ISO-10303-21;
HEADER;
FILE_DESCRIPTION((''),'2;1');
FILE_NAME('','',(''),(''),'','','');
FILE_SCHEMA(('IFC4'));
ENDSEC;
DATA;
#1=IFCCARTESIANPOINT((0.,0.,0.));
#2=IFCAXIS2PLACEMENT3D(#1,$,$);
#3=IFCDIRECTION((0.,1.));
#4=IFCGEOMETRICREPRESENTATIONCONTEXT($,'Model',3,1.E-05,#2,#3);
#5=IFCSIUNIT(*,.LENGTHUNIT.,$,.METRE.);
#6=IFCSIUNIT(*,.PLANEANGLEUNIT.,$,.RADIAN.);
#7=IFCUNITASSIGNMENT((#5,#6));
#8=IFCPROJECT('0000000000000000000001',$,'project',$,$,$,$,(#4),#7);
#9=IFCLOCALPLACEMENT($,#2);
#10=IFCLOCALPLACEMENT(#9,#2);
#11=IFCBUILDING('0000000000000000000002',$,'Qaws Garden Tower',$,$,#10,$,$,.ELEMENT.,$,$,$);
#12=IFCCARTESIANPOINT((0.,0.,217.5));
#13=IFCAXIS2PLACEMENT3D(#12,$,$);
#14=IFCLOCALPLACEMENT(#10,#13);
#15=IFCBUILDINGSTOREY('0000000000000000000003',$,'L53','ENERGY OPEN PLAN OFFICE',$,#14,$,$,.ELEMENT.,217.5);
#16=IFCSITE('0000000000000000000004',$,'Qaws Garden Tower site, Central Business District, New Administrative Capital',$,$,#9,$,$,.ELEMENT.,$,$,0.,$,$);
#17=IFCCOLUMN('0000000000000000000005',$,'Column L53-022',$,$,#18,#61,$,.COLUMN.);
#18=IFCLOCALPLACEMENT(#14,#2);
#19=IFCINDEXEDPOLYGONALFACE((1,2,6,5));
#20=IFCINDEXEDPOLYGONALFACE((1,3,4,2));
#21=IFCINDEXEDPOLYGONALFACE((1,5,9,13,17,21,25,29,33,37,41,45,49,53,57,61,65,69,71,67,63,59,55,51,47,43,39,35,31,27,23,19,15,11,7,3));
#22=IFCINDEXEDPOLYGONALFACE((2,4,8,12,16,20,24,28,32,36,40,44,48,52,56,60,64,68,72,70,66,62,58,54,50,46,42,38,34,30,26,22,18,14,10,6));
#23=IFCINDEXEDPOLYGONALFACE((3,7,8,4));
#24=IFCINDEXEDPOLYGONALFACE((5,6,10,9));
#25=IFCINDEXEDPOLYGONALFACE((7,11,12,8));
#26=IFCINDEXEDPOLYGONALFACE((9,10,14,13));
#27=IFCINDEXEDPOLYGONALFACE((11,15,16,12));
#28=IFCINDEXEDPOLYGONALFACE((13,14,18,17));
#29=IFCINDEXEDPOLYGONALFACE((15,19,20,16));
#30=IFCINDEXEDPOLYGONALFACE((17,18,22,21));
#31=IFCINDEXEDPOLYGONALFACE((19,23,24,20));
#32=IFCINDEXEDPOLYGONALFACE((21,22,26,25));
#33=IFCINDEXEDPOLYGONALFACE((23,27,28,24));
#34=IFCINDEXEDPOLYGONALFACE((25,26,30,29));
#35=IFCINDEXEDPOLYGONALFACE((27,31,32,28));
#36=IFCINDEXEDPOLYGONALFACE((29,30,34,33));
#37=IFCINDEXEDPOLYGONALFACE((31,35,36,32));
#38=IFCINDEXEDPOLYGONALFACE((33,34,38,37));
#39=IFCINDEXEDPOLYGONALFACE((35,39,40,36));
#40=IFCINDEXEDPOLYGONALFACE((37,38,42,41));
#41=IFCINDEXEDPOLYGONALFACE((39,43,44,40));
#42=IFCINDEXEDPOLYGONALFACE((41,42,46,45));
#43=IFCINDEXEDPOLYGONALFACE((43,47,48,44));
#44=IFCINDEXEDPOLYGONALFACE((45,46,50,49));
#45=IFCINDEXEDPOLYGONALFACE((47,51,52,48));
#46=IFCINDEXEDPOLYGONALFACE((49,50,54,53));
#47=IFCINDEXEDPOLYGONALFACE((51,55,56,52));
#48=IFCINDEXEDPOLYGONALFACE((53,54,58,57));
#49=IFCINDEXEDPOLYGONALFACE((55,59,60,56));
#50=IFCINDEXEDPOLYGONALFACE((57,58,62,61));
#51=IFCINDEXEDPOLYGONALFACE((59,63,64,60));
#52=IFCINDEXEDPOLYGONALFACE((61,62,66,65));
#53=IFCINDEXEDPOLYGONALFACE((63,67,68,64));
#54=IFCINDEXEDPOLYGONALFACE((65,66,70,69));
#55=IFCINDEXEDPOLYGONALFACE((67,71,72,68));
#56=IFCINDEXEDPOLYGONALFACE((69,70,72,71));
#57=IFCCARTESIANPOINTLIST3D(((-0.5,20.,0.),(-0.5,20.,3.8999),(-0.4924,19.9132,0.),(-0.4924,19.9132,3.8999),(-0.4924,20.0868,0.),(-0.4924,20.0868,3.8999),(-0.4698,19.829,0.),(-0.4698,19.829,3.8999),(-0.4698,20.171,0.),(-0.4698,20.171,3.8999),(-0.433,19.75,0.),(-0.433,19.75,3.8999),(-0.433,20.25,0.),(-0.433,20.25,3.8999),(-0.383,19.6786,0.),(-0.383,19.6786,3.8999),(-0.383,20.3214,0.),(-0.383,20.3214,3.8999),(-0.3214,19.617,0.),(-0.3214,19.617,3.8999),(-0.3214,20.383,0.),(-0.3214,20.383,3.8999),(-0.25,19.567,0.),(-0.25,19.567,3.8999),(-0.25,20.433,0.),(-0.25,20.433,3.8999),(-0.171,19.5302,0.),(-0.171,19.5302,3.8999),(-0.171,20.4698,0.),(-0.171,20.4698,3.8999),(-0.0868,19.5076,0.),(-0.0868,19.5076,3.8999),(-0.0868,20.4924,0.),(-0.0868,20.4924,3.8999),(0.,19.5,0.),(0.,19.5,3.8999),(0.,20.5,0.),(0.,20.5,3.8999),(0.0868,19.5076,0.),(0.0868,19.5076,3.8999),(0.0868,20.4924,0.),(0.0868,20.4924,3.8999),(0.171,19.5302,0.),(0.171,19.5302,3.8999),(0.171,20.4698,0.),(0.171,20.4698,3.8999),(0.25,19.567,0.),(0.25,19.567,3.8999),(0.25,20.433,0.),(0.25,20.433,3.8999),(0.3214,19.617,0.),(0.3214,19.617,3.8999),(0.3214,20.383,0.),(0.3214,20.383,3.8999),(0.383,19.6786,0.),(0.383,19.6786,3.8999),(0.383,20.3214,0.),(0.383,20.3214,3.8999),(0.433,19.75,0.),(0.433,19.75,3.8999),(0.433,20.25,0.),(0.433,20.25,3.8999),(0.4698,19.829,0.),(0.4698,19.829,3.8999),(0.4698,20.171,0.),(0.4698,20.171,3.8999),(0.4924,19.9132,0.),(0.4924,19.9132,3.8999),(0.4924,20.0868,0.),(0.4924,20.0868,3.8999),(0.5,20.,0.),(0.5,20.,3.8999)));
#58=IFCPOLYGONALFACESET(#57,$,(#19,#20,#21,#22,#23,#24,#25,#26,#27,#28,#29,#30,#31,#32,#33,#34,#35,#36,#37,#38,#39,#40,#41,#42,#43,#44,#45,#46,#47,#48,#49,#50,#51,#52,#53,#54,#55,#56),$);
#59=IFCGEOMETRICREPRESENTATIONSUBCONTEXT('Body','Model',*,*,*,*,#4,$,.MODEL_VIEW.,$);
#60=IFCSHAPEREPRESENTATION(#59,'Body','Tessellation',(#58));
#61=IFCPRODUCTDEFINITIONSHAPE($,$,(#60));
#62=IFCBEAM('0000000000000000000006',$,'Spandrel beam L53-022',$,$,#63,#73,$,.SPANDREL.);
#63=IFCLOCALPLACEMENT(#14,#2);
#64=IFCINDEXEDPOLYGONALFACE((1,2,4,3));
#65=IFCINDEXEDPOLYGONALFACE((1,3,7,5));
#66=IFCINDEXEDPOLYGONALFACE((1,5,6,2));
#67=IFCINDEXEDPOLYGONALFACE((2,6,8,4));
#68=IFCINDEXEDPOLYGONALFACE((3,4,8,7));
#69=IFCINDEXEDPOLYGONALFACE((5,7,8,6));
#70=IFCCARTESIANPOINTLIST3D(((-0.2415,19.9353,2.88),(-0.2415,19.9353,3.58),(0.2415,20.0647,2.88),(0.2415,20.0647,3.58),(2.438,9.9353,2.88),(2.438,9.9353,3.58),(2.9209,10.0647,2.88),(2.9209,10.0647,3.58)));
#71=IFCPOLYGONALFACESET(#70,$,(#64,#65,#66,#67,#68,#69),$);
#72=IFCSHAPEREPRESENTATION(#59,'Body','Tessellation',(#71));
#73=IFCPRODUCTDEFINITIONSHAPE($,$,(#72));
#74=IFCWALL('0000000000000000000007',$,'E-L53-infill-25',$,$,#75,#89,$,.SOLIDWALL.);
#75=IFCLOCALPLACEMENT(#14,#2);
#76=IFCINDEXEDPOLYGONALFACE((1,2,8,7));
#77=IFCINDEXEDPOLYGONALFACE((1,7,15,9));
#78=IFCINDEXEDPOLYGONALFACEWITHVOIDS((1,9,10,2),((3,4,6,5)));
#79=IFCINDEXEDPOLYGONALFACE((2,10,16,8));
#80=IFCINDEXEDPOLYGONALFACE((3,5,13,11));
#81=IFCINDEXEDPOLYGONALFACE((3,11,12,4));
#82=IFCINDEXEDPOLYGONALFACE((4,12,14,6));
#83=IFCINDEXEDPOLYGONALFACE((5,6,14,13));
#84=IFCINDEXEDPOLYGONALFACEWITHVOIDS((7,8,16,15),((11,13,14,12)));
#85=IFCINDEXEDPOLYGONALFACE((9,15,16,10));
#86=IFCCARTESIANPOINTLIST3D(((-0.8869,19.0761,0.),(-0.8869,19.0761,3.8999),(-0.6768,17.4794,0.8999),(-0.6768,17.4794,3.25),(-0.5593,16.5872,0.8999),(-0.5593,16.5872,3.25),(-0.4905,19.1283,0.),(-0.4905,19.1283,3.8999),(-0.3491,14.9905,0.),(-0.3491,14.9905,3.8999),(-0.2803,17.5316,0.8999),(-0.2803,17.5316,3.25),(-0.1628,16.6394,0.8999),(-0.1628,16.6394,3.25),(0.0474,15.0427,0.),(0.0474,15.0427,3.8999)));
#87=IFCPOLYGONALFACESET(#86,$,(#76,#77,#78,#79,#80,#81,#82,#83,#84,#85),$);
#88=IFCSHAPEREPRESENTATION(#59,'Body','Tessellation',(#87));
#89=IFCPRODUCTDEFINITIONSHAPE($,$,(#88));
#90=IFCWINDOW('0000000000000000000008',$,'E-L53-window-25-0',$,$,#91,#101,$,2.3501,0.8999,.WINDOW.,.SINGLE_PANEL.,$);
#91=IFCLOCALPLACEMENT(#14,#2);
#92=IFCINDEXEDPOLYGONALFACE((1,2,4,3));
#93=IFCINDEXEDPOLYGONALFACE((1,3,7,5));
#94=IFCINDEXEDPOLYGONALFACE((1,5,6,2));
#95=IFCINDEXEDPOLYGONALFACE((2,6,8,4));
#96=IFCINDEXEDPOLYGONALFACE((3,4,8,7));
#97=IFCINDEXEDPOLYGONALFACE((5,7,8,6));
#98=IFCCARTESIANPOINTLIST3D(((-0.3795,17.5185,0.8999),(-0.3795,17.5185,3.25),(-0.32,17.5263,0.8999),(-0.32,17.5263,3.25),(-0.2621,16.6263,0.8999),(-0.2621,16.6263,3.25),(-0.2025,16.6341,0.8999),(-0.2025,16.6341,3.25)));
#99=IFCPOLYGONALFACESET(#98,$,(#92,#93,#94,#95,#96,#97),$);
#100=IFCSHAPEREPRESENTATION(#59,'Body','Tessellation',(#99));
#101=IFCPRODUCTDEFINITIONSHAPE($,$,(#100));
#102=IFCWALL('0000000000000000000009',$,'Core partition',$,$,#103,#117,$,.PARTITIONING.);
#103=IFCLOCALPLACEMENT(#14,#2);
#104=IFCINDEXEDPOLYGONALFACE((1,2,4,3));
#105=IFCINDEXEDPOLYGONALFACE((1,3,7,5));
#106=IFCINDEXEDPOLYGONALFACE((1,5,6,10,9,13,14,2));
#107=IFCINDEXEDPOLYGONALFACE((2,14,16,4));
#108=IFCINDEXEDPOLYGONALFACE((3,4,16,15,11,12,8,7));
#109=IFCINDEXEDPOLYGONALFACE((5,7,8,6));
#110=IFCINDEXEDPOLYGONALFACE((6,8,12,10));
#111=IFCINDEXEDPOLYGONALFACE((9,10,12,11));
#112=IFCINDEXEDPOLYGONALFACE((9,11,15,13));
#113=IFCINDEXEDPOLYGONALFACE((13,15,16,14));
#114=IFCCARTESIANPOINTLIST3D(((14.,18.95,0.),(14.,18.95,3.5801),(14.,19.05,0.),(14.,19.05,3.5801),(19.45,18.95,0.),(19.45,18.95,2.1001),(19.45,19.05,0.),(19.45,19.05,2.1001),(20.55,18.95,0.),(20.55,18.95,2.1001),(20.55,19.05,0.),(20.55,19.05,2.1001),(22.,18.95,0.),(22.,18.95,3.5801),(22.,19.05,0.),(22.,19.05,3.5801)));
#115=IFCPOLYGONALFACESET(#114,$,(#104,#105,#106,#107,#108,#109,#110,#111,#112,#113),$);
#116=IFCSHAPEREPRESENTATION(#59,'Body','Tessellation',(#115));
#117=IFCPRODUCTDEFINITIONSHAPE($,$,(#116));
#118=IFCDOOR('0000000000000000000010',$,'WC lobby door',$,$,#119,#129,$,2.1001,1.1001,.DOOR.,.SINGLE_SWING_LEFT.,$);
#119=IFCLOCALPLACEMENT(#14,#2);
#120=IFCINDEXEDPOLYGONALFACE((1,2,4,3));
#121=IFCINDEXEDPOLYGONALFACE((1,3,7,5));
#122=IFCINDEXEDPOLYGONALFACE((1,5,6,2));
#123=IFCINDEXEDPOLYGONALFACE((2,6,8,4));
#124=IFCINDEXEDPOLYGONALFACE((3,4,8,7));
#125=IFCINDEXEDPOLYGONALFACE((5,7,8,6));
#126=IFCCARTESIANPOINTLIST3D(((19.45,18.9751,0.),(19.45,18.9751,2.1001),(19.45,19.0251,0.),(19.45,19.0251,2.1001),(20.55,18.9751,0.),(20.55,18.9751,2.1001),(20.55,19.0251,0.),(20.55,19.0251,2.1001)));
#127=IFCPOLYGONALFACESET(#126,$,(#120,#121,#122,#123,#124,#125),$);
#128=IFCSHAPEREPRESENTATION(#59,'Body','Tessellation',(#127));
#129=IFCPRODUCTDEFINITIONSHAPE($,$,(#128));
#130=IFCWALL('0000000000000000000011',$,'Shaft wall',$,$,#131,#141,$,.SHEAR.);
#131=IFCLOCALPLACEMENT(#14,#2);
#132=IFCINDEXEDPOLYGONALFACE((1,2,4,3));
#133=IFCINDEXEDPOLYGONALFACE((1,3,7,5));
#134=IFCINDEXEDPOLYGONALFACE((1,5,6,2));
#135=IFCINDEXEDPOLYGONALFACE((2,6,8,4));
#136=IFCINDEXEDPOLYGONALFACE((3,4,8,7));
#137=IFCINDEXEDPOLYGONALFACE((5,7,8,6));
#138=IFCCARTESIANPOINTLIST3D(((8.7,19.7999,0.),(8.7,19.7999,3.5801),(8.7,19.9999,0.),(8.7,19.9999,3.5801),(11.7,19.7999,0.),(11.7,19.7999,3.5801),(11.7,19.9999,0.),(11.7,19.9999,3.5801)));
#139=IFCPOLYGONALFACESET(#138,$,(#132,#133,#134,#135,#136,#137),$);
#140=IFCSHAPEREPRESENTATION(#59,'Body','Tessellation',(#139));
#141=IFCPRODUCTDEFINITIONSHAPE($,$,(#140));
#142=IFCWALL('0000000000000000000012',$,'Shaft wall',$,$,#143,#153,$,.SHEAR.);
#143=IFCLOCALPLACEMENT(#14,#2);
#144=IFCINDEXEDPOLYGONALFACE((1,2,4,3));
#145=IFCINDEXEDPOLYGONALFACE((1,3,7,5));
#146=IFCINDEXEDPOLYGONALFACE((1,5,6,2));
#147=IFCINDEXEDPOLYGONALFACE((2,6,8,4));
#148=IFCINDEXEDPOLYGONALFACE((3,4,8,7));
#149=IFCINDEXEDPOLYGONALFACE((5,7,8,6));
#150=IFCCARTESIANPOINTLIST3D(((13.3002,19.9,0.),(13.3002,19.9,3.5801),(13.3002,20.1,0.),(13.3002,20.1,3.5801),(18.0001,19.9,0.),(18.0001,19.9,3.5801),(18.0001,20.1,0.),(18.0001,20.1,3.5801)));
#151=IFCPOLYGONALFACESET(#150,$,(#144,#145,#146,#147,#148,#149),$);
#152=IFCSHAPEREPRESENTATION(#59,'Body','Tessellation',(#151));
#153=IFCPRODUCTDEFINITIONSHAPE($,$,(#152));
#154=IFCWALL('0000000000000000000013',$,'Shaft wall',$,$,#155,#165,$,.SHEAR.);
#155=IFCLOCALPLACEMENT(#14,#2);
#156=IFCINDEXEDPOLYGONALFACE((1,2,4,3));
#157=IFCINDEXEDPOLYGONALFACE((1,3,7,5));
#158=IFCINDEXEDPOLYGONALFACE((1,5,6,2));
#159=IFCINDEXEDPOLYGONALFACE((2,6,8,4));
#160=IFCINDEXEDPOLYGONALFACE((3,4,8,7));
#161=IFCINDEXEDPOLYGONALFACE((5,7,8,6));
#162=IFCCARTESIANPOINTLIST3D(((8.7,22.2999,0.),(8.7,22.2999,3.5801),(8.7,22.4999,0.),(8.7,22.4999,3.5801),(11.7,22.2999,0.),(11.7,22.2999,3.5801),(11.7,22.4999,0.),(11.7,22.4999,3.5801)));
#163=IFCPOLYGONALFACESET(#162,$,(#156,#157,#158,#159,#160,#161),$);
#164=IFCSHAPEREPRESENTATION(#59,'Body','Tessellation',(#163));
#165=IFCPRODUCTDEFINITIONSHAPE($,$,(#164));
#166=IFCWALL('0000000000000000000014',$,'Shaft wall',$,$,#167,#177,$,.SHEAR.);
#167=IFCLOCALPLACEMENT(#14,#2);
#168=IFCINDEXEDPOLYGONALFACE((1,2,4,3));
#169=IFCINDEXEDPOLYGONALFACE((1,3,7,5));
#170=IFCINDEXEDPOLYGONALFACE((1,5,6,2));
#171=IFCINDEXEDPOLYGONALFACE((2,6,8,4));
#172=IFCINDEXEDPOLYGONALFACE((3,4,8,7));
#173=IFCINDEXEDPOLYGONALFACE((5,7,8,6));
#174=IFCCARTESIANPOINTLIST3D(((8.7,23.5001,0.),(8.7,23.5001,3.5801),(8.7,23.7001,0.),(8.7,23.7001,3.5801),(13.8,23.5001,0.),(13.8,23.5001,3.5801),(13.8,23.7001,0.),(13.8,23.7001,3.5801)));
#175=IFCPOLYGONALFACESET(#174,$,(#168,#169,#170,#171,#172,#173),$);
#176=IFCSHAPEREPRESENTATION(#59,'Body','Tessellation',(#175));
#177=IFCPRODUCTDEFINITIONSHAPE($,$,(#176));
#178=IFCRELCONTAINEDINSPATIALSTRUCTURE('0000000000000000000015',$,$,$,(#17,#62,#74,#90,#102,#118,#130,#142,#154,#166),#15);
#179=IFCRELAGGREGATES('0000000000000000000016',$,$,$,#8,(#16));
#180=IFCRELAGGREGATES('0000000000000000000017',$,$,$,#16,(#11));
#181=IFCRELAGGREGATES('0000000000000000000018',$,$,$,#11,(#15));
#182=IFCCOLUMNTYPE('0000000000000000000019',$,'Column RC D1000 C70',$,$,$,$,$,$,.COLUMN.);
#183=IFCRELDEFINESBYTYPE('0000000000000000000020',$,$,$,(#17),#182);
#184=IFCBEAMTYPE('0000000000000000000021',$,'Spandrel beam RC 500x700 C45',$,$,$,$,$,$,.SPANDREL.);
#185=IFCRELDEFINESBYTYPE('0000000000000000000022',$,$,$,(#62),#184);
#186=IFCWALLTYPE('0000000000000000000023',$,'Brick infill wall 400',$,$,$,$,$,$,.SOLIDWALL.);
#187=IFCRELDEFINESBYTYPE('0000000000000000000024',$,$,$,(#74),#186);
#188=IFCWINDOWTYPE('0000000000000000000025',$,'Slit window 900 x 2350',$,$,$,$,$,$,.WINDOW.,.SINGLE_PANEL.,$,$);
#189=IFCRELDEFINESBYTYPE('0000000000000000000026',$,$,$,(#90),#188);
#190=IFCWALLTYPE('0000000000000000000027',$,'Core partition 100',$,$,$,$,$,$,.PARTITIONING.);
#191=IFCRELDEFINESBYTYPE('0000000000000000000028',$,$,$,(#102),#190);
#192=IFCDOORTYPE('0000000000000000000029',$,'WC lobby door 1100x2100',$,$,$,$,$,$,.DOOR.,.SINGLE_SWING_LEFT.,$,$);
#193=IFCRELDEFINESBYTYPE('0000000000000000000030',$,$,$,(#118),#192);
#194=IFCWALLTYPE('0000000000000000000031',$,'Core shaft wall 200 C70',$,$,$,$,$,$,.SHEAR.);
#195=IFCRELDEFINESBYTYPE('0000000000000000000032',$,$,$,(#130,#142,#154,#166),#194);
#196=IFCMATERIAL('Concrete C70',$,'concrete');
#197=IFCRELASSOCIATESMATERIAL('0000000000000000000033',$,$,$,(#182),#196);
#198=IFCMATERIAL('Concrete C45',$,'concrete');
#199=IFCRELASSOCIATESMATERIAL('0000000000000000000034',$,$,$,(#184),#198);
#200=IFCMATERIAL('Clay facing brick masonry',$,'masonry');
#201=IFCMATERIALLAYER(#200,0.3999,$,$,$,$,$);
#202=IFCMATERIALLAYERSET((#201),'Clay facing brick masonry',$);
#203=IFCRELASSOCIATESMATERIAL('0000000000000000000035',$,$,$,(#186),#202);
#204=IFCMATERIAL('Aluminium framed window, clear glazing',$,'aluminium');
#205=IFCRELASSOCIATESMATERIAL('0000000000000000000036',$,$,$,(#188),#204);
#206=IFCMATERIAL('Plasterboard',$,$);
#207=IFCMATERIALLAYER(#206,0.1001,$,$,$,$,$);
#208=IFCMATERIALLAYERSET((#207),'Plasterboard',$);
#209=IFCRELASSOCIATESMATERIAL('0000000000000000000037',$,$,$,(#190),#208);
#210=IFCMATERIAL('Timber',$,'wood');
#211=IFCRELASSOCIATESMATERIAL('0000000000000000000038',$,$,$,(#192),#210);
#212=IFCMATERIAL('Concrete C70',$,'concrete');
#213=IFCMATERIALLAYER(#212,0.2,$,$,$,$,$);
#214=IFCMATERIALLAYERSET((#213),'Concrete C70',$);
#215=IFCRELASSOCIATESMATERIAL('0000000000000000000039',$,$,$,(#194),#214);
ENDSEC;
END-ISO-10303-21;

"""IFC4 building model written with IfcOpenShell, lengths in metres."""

from ifc_helpers import new_model, si_unit, direction, frame, frame_2d, origin, origin_2d, place, context, subcontext, project, spatial, rectangle, circle, extrude, material, layer, layer_set, material_profile, profile_set, type_object, element, fill, save


model = new_model("IFC4")

# Units and contexts
model_context = context("Model", 3, precision=1e-05, world=origin(), true_north=direction((0.0, 1.0)))
body_context = subcontext(model_context, "Body", "Model", "MODEL_VIEW")
ifc_project = project(units=[si_unit("LENGTHUNIT", "METRE"), si_unit("PLANEANGLEUNIT", "RADIAN")], contexts=[model_context])

# Site, building, storey
site_placement = place(None, origin())
site = spatial("IfcSite", under=ifc_project, at=site_placement, Name="Qaws Garden Tower site, Central Business District, New Administrative Capital", CompositionType="ELEMENT", RefElevation=0.0)
building_placement = place(site_placement, origin())
building = spatial("IfcBuilding", under=site, at=building_placement, Name="Qaws Garden Tower", CompositionType="ELEMENT")
storey_placement = place(building_placement, frame((0.0, 0.0, 217.5)))
storey = spatial("IfcBuildingStorey", under=building, at=storey_placement, Name="L53", Description="ENERGY OPEN PLAN OFFICE", CompositionType="ELEMENT", Elevation=217.5)

# Column
ifc_material_1 = material(Name="Concrete C70", Category="concrete")
ifc_material_profile_1 = material_profile(ifc_material_1, circle(Radius=0.5, at=origin_2d()), Name="RC D1000")
ifc_profile_set_1 = profile_set([ifc_material_profile_1], Name="Concrete C70")
column_type = type_object("IfcColumnType", Name="Column RC D1000 C70", PredefinedType="COLUMN", material=ifc_profile_set_1)
column_placement = place(storey_placement, frame((0.0, 20.0, 0.0), z_axis=(0.0, 0.0, 1.0), x_axis=(1.0, 0.0, 0.0)))
element("IfcColumn", 1, at=column_placement, inside=storey, type_object=column_type, Name="Column L53-022", PredefinedType="COLUMN", context=body_context, shape_type="SweptSolid", body=[
    extrude(circle(Radius=0.5, at=origin_2d()), origin(), (0.0, 0.0, 1.0), 3.8999),
])

# Beam
ifc_material_2 = material(Name="Concrete C45", Category="concrete")
ifc_material_profile_2 = material_profile(ifc_material_2, rectangle(XDim=0.5, YDim=0.7, at=origin_2d()), Name="RC 500x700")
ifc_profile_set_2 = profile_set([ifc_material_profile_2], Name="Concrete C45")
beam_type = type_object("IfcBeamType", Name="Spandrel beam RC 500x700 C45", PredefinedType="SPANDREL", material=ifc_profile_set_2)
beam_placement = place(storey_placement, frame((0.0, 20.0, 3.23), z_axis=(0.258815, -0.965927, 0.0), x_axis=(0.965927, 0.258815, 0.0)))
element("IfcBeam", 2, at=beam_placement, inside=storey, type_object=beam_type, Name="Spandrel beam L53-022", PredefinedType="SPANDREL", context=body_context, shape_type="SweptSolid", body=[
    extrude(rectangle(XDim=0.5, YDim=0.7, at=origin_2d()), origin(), (0.0, 0.0, 1.0), 10.3528),
])

# Wall, opening, window
ifc_material_3 = material(Name="Clay facing brick masonry", Category="masonry")
ifc_layer_1 = layer(ifc_material_3, 0.3999)
ifc_layer_set_1 = layer_set([ifc_layer_1], Name="Clay facing brick masonry")
wall_type_1 = type_object("IfcWallType", Name="Brick infill wall 400", PredefinedType="SOLIDWALL", material=ifc_layer_set_1)
wall_1_placement = place(storey_placement, frame((-0.6887, 19.1023, 0.0), z_axis=(0.0, 0.0, 1.0), x_axis=(0.130514, -0.991446, 0.0)))
wall_1 = element("IfcWall", 3, at=wall_1_placement, inside=storey, type_object=wall_type_1, Name="E-L53-infill-25", PredefinedType="SOLIDWALL", context=body_context, shape_type="SweptSolid", body=[
    extrude(rectangle(XDim=4.1208, YDim=0.3999, at=frame_2d((2.0605, 0.0))), origin(), (0.0, 0.0, 1.0), 3.8999),
])
opening_1_placement = place(wall_1_placement, frame((1.6106, 0.0, 0.8999)))
opening_1 = element("IfcOpeningElement", 4, at=opening_1_placement, cuts=wall_1, PredefinedType="OPENING", context=body_context, shape_type="SweptSolid", body=[
    extrude(rectangle(XDim=0.8999, YDim=2.3501, at=frame_2d((0.45, 1.175))), frame((0.0, 0.21, 0.0), z_axis=(0.0, -1.0, 0.0), x_axis=(1.0, 0.0, 0.0)), (0.0, 0.0, 1.0), 0.4199),
])
ifc_material_4 = material(Name="Aluminium framed window, clear glazing", Category="aluminium")
window_type = type_object("IfcWindowType", Name="Slit window 900 x 2350", PartitioningType="SINGLE_PANEL", PredefinedType="WINDOW", material=ifc_material_4)
window_placement = place(opening_1_placement, origin())
window = element("IfcWindow", 5, at=window_placement, inside=storey, type_object=window_type, Name="E-L53-window-25-0", OverallHeight=2.3501, OverallWidth=0.8999, PartitioningType="SINGLE_PANEL", PredefinedType="WINDOW", context=body_context, shape_type="SweptSolid", body=[
    extrude(rectangle(XDim=0.8999, YDim=2.3501, at=frame_2d((0.45, 1.175))), frame((0.0, 0.1599, 0.0), z_axis=(0.0, -1.0, 0.0), x_axis=(1.0, 0.0, 0.0)), (0.0, 0.0, 1.0), 0.0601),
])
fill(opening_1, window)

# Wall, opening, door
ifc_material_5 = material(Name="Plasterboard")
ifc_layer_2 = layer(ifc_material_5, 0.1001)
ifc_layer_set_2 = layer_set([ifc_layer_2], Name="Plasterboard")
wall_type_2 = type_object("IfcWallType", Name="Core partition 100", PredefinedType="PARTITIONING", material=ifc_layer_set_2)
wall_2_placement = place(storey_placement, frame((14.0, 19.0, 0.0), z_axis=(0.0, 0.0, 1.0), x_axis=(1.0, 0.0, 0.0)))
wall_2 = element("IfcWall", 6, at=wall_2_placement, inside=storey, type_object=wall_type_2, Name="Core partition", PredefinedType="PARTITIONING", context=body_context, shape_type="SweptSolid", body=[
    extrude(rectangle(XDim=8.0, YDim=0.1001, at=frame_2d((4.0, 0.0))), origin(), (0.0, 0.0, 1.0), 3.5801),
])
opening_2_placement = place(wall_2_placement, frame((5.45, 0.0, 0.0)))
opening_2 = element("IfcOpeningElement", 7, at=opening_2_placement, cuts=wall_2, PredefinedType="OPENING", context=body_context, shape_type="SweptSolid", body=[
    extrude(rectangle(XDim=1.1001, YDim=2.1001, at=frame_2d((0.55, 1.05))), frame((0.0, 0.0601, 0.0), z_axis=(0.0, -1.0, 0.0), x_axis=(1.0, 0.0, 0.0)), (0.0, 0.0, 1.0), 0.1201),
])
ifc_material_6 = material(Name="Timber", Category="wood")
door_type_1 = type_object("IfcDoorType", Name="WC lobby door 1100x2100", OperationType="SINGLE_SWING_LEFT", PredefinedType="DOOR", material=ifc_material_6)
door_1_placement = place(opening_2_placement, frame((1.1001, 0.0, 0.0), z_axis=(0.0, 0.0, 1.0), x_axis=(-1.0, 0.0, 0.0)))
door_1 = element("IfcDoor", 8, at=door_1_placement, inside=storey, type_object=door_type_1, Name="WC lobby door", OperationType="SINGLE_SWING_LEFT", OverallHeight=2.1001, OverallWidth=1.1001, PredefinedType="DOOR", context=body_context, shape_type="SweptSolid", body=[
    extrude(rectangle(XDim=1.1001, YDim=2.1001, at=frame_2d((0.55, 1.05))), frame((0.0, 0.0249, 0.0), z_axis=(0.0, -1.0, 0.0), x_axis=(1.0, 0.0, 0.0)), (0.0, 0.0, 1.0), 0.05),
])
fill(opening_2, door_1)

# Walls
ifc_material_7 = material(Name="Concrete C70", Category="concrete")
ifc_layer_3 = layer(ifc_material_7, 0.2)
ifc_layer_set_3 = layer_set([ifc_layer_3], Name="Concrete C70")
wall_type_3 = type_object("IfcWallType", Name="Core shaft wall 200 C70", PredefinedType="SHEAR", material=ifc_layer_set_3)
wall_3_placement = place(storey_placement, frame((8.7, 19.8999, 0.0), z_axis=(0.0, 0.0, 1.0), x_axis=(1.0, 0.0, 0.0)))
element("IfcWall", 9, at=wall_3_placement, inside=storey, type_object=wall_type_3, Name="Shaft wall", PredefinedType="SHEAR", context=body_context, shape_type="SweptSolid", body=[
    extrude(rectangle(XDim=3.0, YDim=0.2, at=frame_2d((1.5, 0.0))), origin(), (0.0, 0.0, 1.0), 3.5801),
])
wall_4_placement = place(storey_placement, frame((13.3, 20.0, 0.0), z_axis=(0.0, 0.0, 1.0), x_axis=(1.0, 0.0, 0.0)))
element("IfcWall", 10, at=wall_4_placement, inside=storey, type_object=wall_type_3, Name="Shaft wall", PredefinedType="SHEAR", context=body_context, shape_type="SweptSolid", body=[
    extrude(rectangle(XDim=4.7, YDim=0.2, at=frame_2d((2.3501, 0.0))), origin(), (0.0, 0.0, 1.0), 3.5801),
])
wall_5_placement = place(storey_placement, frame((8.7, 22.3999, 0.0), z_axis=(0.0, 0.0, 1.0), x_axis=(1.0, 0.0, 0.0)))
element("IfcWall", 11, at=wall_5_placement, inside=storey, type_object=wall_type_3, Name="Shaft wall", PredefinedType="SHEAR", context=body_context, shape_type="SweptSolid", body=[
    extrude(rectangle(XDim=3.0, YDim=0.2, at=frame_2d((1.5, 0.0))), origin(), (0.0, 0.0, 1.0), 3.5801),
])
wall_6_placement = place(storey_placement, frame((8.7, 23.6001, 0.0), z_axis=(0.0, 0.0, 1.0), x_axis=(1.0, 0.0, 0.0)))
element("IfcWall", 12, at=wall_6_placement, inside=storey, type_object=wall_type_3, Name="Shaft wall", PredefinedType="SHEAR", context=body_context, shape_type="SweptSolid", body=[
    extrude(rectangle(XDim=5.1001, YDim=0.2, at=frame_2d((2.55, 0.0))), origin(), (0.0, 0.0, 1.0), 3.5801),
])

save(model, "model.ifc")
